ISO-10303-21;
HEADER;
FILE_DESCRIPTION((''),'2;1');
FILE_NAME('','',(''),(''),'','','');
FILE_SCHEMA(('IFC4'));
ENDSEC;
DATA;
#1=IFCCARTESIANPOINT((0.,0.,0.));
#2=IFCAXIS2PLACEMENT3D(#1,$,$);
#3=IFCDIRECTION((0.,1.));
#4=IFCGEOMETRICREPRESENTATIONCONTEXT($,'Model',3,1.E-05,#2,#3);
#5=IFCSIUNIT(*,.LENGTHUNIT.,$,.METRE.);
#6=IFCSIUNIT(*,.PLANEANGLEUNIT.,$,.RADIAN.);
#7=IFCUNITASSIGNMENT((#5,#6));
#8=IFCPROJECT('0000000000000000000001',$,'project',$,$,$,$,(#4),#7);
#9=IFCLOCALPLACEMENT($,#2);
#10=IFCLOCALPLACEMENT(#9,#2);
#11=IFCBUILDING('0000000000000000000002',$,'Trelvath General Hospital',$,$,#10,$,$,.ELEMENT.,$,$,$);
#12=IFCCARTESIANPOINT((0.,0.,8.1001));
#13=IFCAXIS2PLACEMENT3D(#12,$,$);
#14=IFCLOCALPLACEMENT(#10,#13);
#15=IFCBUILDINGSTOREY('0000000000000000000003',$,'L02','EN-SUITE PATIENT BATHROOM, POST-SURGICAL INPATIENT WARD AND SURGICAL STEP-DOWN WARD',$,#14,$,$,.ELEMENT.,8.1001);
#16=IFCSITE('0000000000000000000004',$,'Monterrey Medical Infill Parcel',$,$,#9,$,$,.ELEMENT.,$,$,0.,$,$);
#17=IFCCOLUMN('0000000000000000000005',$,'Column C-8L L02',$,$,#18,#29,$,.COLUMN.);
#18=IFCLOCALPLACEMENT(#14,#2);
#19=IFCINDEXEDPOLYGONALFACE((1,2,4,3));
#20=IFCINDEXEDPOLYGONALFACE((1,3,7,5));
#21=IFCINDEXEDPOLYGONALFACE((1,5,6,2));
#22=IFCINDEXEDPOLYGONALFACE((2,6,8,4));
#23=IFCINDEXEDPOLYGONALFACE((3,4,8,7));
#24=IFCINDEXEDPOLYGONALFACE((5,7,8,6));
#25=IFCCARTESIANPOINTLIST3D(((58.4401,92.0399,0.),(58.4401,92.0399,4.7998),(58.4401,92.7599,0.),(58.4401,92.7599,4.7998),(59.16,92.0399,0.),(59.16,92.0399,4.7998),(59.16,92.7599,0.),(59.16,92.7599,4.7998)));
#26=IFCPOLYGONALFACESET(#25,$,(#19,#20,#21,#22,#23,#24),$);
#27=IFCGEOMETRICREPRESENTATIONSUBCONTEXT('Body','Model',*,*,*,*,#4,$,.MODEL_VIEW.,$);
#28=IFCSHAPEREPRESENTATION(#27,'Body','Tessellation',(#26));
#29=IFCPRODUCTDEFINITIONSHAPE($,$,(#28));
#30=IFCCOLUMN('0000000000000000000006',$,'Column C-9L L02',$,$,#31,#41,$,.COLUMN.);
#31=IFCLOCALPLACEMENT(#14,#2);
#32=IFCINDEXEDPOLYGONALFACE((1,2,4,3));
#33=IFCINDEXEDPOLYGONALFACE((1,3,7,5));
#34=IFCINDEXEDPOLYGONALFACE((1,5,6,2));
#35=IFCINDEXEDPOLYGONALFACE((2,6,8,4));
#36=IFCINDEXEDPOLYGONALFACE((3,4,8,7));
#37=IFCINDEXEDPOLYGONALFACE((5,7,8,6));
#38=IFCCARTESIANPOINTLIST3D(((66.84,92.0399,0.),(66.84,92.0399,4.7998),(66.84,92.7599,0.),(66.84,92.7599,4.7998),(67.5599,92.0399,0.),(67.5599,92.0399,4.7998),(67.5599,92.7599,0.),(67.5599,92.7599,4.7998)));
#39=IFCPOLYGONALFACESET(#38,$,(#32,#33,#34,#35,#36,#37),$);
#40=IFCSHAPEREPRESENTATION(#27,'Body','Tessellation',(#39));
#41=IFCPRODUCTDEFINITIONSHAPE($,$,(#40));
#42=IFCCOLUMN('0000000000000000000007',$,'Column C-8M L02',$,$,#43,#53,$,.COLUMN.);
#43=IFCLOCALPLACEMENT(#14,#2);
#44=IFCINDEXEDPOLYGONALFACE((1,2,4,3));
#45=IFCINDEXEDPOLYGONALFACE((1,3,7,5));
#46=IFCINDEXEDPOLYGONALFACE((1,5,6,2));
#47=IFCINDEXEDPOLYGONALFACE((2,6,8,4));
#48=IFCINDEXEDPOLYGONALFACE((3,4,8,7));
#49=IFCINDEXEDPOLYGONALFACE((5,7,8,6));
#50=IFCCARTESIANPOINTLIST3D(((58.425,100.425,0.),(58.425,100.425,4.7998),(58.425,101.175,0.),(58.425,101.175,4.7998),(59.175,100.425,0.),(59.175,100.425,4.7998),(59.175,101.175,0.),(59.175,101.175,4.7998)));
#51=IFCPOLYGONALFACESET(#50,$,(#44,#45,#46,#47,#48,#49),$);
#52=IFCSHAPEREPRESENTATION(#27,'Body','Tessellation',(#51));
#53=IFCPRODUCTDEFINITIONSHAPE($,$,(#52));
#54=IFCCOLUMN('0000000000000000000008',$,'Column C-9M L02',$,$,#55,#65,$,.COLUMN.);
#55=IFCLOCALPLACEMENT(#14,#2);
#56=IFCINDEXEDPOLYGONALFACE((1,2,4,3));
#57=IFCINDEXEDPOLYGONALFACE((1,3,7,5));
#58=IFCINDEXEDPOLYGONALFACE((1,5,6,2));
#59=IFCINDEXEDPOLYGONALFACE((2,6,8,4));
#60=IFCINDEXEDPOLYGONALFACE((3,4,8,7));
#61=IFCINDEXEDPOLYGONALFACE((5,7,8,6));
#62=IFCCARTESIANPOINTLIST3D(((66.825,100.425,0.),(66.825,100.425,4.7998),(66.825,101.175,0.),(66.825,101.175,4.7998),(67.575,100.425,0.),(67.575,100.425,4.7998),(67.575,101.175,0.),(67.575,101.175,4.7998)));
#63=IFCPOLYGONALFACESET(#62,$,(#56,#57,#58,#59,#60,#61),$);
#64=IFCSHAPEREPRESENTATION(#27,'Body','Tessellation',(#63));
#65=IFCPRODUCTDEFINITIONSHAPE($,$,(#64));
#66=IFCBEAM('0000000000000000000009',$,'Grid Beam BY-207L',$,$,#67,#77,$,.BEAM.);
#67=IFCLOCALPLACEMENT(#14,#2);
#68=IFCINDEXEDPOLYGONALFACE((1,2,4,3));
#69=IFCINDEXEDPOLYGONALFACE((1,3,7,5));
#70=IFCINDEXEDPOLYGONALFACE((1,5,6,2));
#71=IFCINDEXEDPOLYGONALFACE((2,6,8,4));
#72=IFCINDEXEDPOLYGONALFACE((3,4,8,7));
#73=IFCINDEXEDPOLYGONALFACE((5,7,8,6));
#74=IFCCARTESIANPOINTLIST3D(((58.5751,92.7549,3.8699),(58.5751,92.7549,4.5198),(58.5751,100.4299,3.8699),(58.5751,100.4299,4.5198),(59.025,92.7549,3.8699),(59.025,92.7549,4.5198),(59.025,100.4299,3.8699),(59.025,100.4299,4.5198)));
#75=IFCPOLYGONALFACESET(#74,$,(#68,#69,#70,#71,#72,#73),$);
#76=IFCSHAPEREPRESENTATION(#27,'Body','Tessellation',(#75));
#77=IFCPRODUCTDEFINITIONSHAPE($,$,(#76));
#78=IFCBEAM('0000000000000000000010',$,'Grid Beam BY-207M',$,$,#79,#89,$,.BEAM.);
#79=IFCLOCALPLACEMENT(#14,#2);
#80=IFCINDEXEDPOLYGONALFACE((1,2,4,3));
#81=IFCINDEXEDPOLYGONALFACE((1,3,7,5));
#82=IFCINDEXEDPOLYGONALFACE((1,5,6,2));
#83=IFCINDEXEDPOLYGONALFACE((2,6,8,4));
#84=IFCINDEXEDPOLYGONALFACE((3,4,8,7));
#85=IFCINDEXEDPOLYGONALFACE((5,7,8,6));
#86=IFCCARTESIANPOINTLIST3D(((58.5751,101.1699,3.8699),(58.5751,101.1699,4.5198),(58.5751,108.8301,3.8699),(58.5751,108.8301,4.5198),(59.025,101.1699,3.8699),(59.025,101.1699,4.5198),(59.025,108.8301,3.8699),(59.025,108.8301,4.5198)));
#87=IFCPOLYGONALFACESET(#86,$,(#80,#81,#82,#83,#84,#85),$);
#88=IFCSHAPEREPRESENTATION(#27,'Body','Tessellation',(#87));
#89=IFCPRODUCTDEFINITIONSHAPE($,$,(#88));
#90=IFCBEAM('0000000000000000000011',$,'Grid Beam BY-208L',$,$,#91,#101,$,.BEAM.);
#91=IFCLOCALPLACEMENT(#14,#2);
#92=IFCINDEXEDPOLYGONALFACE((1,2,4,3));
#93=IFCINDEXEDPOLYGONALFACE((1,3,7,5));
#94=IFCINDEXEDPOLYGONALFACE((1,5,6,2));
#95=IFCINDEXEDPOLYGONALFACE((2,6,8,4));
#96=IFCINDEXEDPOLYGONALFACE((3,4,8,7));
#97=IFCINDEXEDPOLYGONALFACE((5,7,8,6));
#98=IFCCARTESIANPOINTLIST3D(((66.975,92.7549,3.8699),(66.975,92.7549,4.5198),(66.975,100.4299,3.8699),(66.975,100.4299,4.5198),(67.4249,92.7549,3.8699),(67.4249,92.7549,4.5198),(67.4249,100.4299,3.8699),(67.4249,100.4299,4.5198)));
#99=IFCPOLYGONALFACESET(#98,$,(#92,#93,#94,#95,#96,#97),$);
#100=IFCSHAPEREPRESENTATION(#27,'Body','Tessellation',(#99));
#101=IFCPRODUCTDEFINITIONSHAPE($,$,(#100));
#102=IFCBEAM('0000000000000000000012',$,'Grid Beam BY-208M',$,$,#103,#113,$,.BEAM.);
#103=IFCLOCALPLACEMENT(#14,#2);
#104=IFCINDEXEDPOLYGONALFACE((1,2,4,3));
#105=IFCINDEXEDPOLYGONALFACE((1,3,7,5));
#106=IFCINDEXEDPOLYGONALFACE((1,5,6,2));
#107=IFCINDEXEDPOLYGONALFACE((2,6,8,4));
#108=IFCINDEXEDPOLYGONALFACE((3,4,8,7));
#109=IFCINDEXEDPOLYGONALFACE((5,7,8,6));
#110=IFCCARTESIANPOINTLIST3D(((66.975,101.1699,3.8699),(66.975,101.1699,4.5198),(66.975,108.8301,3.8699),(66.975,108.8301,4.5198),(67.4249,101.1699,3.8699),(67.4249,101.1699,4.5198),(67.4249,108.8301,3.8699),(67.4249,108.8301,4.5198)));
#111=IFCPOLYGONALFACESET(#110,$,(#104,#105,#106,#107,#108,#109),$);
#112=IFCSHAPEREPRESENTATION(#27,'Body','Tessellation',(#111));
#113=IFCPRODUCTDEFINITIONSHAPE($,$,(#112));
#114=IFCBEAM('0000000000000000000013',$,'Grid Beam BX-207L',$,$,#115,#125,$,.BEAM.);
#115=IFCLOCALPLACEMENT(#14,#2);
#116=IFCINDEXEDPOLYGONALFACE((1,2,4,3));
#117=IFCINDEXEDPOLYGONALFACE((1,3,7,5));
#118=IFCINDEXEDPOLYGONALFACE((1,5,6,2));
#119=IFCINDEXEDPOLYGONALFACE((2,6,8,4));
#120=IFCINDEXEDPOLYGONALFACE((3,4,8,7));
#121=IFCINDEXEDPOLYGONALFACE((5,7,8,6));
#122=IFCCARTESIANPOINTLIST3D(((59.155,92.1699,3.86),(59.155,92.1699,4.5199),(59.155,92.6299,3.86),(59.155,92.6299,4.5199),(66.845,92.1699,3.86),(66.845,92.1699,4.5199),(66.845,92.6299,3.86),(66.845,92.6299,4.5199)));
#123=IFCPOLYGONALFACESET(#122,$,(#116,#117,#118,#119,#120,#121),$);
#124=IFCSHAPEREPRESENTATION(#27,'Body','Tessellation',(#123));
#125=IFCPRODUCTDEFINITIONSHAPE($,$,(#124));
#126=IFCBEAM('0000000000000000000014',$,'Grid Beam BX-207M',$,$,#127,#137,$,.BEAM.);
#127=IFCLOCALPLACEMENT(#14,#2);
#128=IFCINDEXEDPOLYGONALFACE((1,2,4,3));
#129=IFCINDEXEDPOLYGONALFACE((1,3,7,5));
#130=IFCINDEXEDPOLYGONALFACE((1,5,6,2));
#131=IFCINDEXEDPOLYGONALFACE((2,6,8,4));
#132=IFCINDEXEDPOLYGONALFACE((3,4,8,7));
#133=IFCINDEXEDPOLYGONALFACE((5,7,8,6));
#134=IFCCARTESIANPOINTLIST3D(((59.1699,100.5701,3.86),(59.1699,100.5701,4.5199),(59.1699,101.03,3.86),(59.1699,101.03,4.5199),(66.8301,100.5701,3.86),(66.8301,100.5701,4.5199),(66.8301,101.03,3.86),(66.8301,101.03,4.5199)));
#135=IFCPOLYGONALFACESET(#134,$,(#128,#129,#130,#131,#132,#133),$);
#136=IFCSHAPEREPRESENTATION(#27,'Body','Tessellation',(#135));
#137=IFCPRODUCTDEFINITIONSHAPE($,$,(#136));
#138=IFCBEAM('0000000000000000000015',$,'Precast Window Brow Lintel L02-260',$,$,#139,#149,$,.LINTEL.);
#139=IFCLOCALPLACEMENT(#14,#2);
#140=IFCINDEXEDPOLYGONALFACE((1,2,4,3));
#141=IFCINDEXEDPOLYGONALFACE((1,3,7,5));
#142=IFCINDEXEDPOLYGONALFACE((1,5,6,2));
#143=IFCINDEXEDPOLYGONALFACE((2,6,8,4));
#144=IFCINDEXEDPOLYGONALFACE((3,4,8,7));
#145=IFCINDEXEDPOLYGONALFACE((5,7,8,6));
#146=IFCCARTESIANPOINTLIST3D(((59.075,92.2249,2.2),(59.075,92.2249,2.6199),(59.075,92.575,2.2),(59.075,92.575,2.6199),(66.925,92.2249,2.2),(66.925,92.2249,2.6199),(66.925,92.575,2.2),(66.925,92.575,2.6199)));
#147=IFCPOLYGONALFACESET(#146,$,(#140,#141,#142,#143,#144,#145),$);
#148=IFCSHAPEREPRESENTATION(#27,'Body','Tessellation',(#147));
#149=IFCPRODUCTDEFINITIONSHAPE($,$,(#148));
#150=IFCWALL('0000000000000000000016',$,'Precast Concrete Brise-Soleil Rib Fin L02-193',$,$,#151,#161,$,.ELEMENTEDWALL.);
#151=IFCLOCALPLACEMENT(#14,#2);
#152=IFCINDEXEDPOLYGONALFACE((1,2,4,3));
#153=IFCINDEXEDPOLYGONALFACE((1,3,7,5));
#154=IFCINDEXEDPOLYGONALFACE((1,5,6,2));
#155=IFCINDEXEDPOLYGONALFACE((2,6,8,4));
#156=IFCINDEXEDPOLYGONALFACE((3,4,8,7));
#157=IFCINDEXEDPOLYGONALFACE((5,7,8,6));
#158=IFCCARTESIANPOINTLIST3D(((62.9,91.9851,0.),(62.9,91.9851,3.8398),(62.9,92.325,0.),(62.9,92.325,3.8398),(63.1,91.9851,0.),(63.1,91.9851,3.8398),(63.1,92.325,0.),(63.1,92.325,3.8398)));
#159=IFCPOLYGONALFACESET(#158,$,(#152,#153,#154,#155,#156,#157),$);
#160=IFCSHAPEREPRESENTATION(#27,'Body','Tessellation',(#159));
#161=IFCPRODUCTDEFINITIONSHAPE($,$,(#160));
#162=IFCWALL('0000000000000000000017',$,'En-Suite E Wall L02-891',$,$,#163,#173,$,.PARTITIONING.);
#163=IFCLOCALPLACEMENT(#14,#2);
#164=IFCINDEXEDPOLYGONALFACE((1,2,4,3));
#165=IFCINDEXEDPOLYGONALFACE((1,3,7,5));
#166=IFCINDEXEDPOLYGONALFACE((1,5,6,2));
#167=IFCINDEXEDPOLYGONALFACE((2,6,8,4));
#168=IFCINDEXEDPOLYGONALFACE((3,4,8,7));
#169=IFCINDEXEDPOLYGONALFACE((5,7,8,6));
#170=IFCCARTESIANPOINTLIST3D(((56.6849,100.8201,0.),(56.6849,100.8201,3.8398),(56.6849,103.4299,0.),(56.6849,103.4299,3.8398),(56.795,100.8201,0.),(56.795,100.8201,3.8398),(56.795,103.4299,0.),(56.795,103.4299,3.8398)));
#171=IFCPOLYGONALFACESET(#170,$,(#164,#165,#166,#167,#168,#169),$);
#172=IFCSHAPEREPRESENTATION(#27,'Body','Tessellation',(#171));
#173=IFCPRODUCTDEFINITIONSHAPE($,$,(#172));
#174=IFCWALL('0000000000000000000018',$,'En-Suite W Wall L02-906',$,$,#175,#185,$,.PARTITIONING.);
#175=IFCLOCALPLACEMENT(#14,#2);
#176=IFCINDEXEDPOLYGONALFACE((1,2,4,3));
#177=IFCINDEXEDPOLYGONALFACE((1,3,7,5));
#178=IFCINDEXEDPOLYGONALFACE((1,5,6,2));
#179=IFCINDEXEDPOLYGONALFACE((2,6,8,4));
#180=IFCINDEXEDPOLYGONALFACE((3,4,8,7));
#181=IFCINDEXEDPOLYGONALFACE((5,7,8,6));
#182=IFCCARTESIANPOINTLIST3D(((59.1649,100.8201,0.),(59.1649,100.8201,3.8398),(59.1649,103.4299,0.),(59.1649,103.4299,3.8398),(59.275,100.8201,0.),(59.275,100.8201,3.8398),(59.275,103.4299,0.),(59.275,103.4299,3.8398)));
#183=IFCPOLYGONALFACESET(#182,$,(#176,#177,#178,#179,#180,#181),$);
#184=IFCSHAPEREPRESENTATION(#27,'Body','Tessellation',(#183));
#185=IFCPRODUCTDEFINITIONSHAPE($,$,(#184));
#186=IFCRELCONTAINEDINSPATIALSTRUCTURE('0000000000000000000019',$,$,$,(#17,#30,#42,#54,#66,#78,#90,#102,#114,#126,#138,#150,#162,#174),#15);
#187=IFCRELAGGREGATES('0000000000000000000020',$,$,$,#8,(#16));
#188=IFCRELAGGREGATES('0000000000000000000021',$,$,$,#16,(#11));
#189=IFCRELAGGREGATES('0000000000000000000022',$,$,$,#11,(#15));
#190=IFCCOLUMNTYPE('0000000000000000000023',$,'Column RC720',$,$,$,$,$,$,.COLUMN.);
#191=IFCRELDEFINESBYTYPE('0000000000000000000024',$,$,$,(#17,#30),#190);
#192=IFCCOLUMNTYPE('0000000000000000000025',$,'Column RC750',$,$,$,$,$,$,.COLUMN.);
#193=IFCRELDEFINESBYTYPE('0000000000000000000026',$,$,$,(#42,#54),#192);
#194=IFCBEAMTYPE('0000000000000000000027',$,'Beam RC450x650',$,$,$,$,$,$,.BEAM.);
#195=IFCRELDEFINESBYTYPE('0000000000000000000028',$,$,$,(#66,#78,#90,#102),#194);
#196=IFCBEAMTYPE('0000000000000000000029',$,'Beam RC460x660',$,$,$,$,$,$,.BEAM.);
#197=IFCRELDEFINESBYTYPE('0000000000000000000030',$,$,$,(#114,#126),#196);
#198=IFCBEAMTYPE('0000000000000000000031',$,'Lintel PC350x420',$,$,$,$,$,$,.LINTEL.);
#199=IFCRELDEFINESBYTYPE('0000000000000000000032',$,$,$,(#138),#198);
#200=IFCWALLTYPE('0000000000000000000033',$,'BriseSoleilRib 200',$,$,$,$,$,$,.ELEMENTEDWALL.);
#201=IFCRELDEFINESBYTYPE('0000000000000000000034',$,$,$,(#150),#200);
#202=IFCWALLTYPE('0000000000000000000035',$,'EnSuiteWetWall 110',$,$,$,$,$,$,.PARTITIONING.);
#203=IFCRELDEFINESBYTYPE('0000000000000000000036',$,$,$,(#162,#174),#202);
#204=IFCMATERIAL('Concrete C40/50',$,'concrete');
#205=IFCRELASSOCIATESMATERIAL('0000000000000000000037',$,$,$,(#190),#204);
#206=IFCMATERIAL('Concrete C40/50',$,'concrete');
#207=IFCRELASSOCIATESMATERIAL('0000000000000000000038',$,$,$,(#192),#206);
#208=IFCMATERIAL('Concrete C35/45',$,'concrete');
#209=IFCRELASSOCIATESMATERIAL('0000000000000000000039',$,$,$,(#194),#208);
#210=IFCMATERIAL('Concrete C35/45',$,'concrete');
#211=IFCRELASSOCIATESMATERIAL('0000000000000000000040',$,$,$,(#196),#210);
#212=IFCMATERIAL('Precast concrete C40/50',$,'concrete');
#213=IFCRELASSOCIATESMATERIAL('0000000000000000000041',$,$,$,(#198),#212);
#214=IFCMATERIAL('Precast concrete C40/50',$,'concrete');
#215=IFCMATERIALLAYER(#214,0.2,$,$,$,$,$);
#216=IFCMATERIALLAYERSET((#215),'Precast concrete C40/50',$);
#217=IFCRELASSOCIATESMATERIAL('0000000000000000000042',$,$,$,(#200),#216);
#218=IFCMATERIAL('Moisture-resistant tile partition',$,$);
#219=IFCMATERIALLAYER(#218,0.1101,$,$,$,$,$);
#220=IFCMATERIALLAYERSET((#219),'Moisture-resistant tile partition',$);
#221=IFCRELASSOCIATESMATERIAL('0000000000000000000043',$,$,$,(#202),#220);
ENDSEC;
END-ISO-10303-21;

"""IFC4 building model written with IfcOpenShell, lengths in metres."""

from ifc_helpers import new_model, si_unit, direction, frame, frame_2d, origin, origin_2d, place, context, subcontext, project, spatial, rectangle, extrude, material, layer, layer_set, material_profile, profile_set, type_object, element, save


model = new_model("IFC4")

# Units and contexts
model_context = context("Model", 3, precision=1e-05, world=origin(), true_north=direction((0.0, 1.0)))
body_context = subcontext(model_context, "Body", "Model", "MODEL_VIEW")
ifc_project = project(units=[si_unit("LENGTHUNIT", "METRE"), si_unit("PLANEANGLEUNIT", "RADIAN")], contexts=[model_context])

# Site, building, storey
site_placement = place(None, origin())
site = spatial("IfcSite", under=ifc_project, at=site_placement, Name="Monterrey Medical Infill Parcel", CompositionType="ELEMENT", RefElevation=0.0)
building_placement = place(site_placement, origin())
building = spatial("IfcBuilding", under=site, at=building_placement, Name="Trelvath General Hospital", CompositionType="ELEMENT")
storey_placement = place(building_placement, frame((0.0, 0.0, 8.1001)))
storey = spatial("IfcBuildingStorey", under=building, at=storey_placement, Name="L02", Description="EN-SUITE PATIENT BATHROOM, POST-SURGICAL INPATIENT WARD AND SURGICAL STEP-DOWN WARD", CompositionType="ELEMENT", Elevation=8.1001)

# Columns
ifc_material_1 = material(Name="Concrete C40/50", Category="concrete")
ifc_material_profile_1 = material_profile(ifc_material_1, rectangle(XDim=0.72, YDim=0.72, at=origin_2d()), Name="RC720x720")
ifc_profile_set_1 = profile_set([ifc_material_profile_1], Name="Concrete C40/50")
column_type_1 = type_object("IfcColumnType", Name="Column RC720", PredefinedType="COLUMN", material=ifc_profile_set_1)
for number, where, z_axis, x_axis, name in (
    (1, (58.8, 92.3999, 0.0), (0.0, 0.0, 1.0), (1.0, 0.0, 0.0), "Column C-8L L02"),
    (2, (67.2, 92.3999, 0.0), (0.0, 0.0, 1.0), (1.0, 0.0, 0.0), "Column C-9L L02"),
):
    element("IfcColumn", number, at=place(storey_placement, frame(where, z_axis=z_axis, x_axis=x_axis)), inside=storey, type_object=column_type_1, Name=name, PredefinedType="COLUMN", context=body_context, shape_type="SweptSolid", body=[
        extrude(rectangle(XDim=0.72, YDim=0.72, at=origin_2d()), origin(), (0.0, 0.0, 1.0), 4.7998),
    ])
ifc_material_2 = material(Name="Concrete C40/50", Category="concrete")
ifc_material_profile_2 = material_profile(ifc_material_2, rectangle(XDim=0.75, YDim=0.75, at=origin_2d()), Name="RC750x750")
ifc_profile_set_2 = profile_set([ifc_material_profile_2], Name="Concrete C40/50")
column_type_2 = type_object("IfcColumnType", Name="Column RC750", PredefinedType="COLUMN", material=ifc_profile_set_2)
for number, where, z_axis, x_axis, name in (
    (3, (58.8, 100.8, 0.0), (0.0, 0.0, 1.0), (1.0, 0.0, 0.0), "Column C-8M L02"),
    (4, (67.2, 100.8, 0.0), (0.0, 0.0, 1.0), (1.0, 0.0, 0.0), "Column C-9M L02"),
):
    element("IfcColumn", number, at=place(storey_placement, frame(where, z_axis=z_axis, x_axis=x_axis)), inside=storey, type_object=column_type_2, Name=name, PredefinedType="COLUMN", context=body_context, shape_type="SweptSolid", body=[
        extrude(rectangle(XDim=0.75, YDim=0.75, at=origin_2d()), origin(), (0.0, 0.0, 1.0), 4.7998),
    ])

# Beams
ifc_material_3 = material(Name="Concrete C35/45", Category="concrete")
ifc_material_profile_3 = material_profile(ifc_material_3, rectangle(XDim=0.45, YDim=0.6499, at=origin_2d()), Name="RCB450x650")
ifc_profile_set_3 = profile_set([ifc_material_profile_3], Name="Concrete C35/45")
beam_type_1 = type_object("IfcBeamType", Name="Beam RC450x650", PredefinedType="BEAM", material=ifc_profile_set_3)
beam_1_placement = place(storey_placement, frame((58.8, 92.7549, 4.1948), z_axis=(0.0, 1.0, 0.0), x_axis=(-1.0, 0.0, 0.0)))
element("IfcBeam", 5, at=beam_1_placement, inside=storey, type_object=beam_type_1, Name="Grid Beam BY-207L", PredefinedType="BEAM", context=body_context, shape_type="SweptSolid", body=[
    extrude(rectangle(XDim=0.45, YDim=0.6499, at=origin_2d()), origin(), (0.0, 0.0, 1.0), 7.675),
])
beam_2_placement = place(storey_placement, frame((58.8, 101.1699, 4.1948), z_axis=(0.0, 1.0, 0.0), x_axis=(-1.0, 0.0, 0.0)))
element("IfcBeam", 6, at=beam_2_placement, inside=storey, type_object=beam_type_1, Name="Grid Beam BY-207M", PredefinedType="BEAM", context=body_context, shape_type="SweptSolid", body=[
    extrude(rectangle(XDim=0.45, YDim=0.6499, at=origin_2d()), origin(), (0.0, 0.0, 1.0), 7.6602),
])
beam_3_placement = place(storey_placement, frame((67.2, 92.7549, 4.1948), z_axis=(0.0, 1.0, 0.0), x_axis=(-1.0, 0.0, 0.0)))
element("IfcBeam", 7, at=beam_3_placement, inside=storey, type_object=beam_type_1, Name="Grid Beam BY-208L", PredefinedType="BEAM", context=body_context, shape_type="SweptSolid", body=[
    extrude(rectangle(XDim=0.45, YDim=0.6499, at=origin_2d()), origin(), (0.0, 0.0, 1.0), 7.675),
])
beam_4_placement = place(storey_placement, frame((67.2, 101.1699, 4.1948), z_axis=(0.0, 1.0, 0.0), x_axis=(-1.0, 0.0, 0.0)))
element("IfcBeam", 8, at=beam_4_placement, inside=storey, type_object=beam_type_1, Name="Grid Beam BY-208M", PredefinedType="BEAM", context=body_context, shape_type="SweptSolid", body=[
    extrude(rectangle(XDim=0.45, YDim=0.6499, at=origin_2d()), origin(), (0.0, 0.0, 1.0), 7.6602),
])
ifc_material_4 = material(Name="Concrete C35/45", Category="concrete")
ifc_material_profile_4 = material_profile(ifc_material_4, rectangle(XDim=0.46, YDim=0.6599, at=origin_2d()), Name="RCB460x660")
ifc_profile_set_4 = profile_set([ifc_material_profile_4], Name="Concrete C35/45")
beam_type_2 = type_object("IfcBeamType", Name="Beam RC460x660", PredefinedType="BEAM", material=ifc_profile_set_4)
beam_5_placement = place(storey_placement, frame((59.155, 92.3999, 4.1899), z_axis=(1.0, 0.0, 0.0), x_axis=(0.0, 1.0, 0.0)))
element("IfcBeam", 9, at=beam_5_placement, inside=storey, type_object=beam_type_2, Name="Grid Beam BX-207L", PredefinedType="BEAM", context=body_context, shape_type="SweptSolid", body=[
    extrude(rectangle(XDim=0.46, YDim=0.6599, at=origin_2d()), origin(), (0.0, 0.0, 1.0), 7.6899),
])
beam_6_placement = place(storey_placement, frame((59.1699, 100.8, 4.1899), z_axis=(1.0, 0.0, 0.0), x_axis=(0.0, 1.0, 0.0)))
element("IfcBeam", 10, at=beam_6_placement, inside=storey, type_object=beam_type_2, Name="Grid Beam BX-207M", PredefinedType="BEAM", context=body_context, shape_type="SweptSolid", body=[
    extrude(rectangle(XDim=0.46, YDim=0.6599, at=origin_2d()), origin(), (0.0, 0.0, 1.0), 7.6602),
])
ifc_material_5 = material(Name="Precast concrete C40/50", Category="concrete")
ifc_material_profile_5 = material_profile(ifc_material_5, rectangle(XDim=0.3501, YDim=0.4199, at=origin_2d()), Name="PCL350x420")
ifc_profile_set_5 = profile_set([ifc_material_profile_5], Name="Precast concrete C40/50")
beam_type_3 = type_object("IfcBeamType", Name="Lintel PC350x420", PredefinedType="LINTEL", material=ifc_profile_set_5)
beam_7_placement = place(storey_placement, frame((66.925, 92.3999, 2.4099), z_axis=(-1.0, 0.0, 0.0), x_axis=(0.0, -1.0, 0.0)))
element("IfcBeam", 11, at=beam_7_placement, inside=storey, type_object=beam_type_3, Name="Precast Window Brow Lintel L02-260", PredefinedType="LINTEL", context=body_context, shape_type="SweptSolid", body=[
    extrude(rectangle(XDim=0.3501, YDim=0.4199, at=origin_2d()), origin(), (0.0, 0.0, 1.0), 7.8501),
])

# Walls
ifc_material_6 = material(Name="Precast concrete C40/50", Category="concrete")
ifc_layer_1 = layer(ifc_material_6, 0.2)
ifc_layer_set_1 = layer_set([ifc_layer_1], Name="Precast concrete C40/50")
wall_type_1 = type_object("IfcWallType", Name="BriseSoleilRib 200", PredefinedType="ELEMENTEDWALL", material=ifc_layer_set_1)
wall_1_placement = place(storey_placement, frame((63.0, 92.325, 0.0), z_axis=(0.0, 0.0, 1.0), x_axis=(0.0, -1.0, 0.0)))
element("IfcWall", 12, at=wall_1_placement, inside=storey, type_object=wall_type_1, Name="Precast Concrete Brise-Soleil Rib Fin L02-193", PredefinedType="ELEMENTEDWALL", context=body_context, shape_type="SweptSolid", body=[
    extrude(rectangle(XDim=0.3398, YDim=0.2, at=frame_2d((0.1699, 0.0))), origin(), (0.0, 0.0, 1.0), 3.8398),
])
ifc_material_7 = material(Name="Moisture-resistant tile partition")
ifc_layer_2 = layer(ifc_material_7, 0.1101)
ifc_layer_set_2 = layer_set([ifc_layer_2], Name="Moisture-resistant tile partition")
wall_type_2 = type_object("IfcWallType", Name="EnSuiteWetWall 110", PredefinedType="PARTITIONING", material=ifc_layer_set_2)
for number, where, z_axis, x_axis, name in (
    (13, (56.74, 100.8201, 0.0), (0.0, 0.0, 1.0), (0.0, 1.0, 0.0), "En-Suite E Wall L02-891"),
    (14, (59.22, 100.8201, 0.0), (0.0, 0.0, 1.0), (0.0, 1.0, 0.0), "En-Suite W Wall L02-906"),
):
    element("IfcWall", number, at=place(storey_placement, frame(where, z_axis=z_axis, x_axis=x_axis)), inside=storey, type_object=wall_type_2, Name=name, PredefinedType="PARTITIONING", context=body_context, shape_type="SweptSolid", body=[
        extrude(rectangle(XDim=2.6099, YDim=0.1101, at=frame_2d((1.3049, 0.0))), origin(), (0.0, 0.0, 1.0), 3.8398),
    ])

save(model, "model.ifc")
